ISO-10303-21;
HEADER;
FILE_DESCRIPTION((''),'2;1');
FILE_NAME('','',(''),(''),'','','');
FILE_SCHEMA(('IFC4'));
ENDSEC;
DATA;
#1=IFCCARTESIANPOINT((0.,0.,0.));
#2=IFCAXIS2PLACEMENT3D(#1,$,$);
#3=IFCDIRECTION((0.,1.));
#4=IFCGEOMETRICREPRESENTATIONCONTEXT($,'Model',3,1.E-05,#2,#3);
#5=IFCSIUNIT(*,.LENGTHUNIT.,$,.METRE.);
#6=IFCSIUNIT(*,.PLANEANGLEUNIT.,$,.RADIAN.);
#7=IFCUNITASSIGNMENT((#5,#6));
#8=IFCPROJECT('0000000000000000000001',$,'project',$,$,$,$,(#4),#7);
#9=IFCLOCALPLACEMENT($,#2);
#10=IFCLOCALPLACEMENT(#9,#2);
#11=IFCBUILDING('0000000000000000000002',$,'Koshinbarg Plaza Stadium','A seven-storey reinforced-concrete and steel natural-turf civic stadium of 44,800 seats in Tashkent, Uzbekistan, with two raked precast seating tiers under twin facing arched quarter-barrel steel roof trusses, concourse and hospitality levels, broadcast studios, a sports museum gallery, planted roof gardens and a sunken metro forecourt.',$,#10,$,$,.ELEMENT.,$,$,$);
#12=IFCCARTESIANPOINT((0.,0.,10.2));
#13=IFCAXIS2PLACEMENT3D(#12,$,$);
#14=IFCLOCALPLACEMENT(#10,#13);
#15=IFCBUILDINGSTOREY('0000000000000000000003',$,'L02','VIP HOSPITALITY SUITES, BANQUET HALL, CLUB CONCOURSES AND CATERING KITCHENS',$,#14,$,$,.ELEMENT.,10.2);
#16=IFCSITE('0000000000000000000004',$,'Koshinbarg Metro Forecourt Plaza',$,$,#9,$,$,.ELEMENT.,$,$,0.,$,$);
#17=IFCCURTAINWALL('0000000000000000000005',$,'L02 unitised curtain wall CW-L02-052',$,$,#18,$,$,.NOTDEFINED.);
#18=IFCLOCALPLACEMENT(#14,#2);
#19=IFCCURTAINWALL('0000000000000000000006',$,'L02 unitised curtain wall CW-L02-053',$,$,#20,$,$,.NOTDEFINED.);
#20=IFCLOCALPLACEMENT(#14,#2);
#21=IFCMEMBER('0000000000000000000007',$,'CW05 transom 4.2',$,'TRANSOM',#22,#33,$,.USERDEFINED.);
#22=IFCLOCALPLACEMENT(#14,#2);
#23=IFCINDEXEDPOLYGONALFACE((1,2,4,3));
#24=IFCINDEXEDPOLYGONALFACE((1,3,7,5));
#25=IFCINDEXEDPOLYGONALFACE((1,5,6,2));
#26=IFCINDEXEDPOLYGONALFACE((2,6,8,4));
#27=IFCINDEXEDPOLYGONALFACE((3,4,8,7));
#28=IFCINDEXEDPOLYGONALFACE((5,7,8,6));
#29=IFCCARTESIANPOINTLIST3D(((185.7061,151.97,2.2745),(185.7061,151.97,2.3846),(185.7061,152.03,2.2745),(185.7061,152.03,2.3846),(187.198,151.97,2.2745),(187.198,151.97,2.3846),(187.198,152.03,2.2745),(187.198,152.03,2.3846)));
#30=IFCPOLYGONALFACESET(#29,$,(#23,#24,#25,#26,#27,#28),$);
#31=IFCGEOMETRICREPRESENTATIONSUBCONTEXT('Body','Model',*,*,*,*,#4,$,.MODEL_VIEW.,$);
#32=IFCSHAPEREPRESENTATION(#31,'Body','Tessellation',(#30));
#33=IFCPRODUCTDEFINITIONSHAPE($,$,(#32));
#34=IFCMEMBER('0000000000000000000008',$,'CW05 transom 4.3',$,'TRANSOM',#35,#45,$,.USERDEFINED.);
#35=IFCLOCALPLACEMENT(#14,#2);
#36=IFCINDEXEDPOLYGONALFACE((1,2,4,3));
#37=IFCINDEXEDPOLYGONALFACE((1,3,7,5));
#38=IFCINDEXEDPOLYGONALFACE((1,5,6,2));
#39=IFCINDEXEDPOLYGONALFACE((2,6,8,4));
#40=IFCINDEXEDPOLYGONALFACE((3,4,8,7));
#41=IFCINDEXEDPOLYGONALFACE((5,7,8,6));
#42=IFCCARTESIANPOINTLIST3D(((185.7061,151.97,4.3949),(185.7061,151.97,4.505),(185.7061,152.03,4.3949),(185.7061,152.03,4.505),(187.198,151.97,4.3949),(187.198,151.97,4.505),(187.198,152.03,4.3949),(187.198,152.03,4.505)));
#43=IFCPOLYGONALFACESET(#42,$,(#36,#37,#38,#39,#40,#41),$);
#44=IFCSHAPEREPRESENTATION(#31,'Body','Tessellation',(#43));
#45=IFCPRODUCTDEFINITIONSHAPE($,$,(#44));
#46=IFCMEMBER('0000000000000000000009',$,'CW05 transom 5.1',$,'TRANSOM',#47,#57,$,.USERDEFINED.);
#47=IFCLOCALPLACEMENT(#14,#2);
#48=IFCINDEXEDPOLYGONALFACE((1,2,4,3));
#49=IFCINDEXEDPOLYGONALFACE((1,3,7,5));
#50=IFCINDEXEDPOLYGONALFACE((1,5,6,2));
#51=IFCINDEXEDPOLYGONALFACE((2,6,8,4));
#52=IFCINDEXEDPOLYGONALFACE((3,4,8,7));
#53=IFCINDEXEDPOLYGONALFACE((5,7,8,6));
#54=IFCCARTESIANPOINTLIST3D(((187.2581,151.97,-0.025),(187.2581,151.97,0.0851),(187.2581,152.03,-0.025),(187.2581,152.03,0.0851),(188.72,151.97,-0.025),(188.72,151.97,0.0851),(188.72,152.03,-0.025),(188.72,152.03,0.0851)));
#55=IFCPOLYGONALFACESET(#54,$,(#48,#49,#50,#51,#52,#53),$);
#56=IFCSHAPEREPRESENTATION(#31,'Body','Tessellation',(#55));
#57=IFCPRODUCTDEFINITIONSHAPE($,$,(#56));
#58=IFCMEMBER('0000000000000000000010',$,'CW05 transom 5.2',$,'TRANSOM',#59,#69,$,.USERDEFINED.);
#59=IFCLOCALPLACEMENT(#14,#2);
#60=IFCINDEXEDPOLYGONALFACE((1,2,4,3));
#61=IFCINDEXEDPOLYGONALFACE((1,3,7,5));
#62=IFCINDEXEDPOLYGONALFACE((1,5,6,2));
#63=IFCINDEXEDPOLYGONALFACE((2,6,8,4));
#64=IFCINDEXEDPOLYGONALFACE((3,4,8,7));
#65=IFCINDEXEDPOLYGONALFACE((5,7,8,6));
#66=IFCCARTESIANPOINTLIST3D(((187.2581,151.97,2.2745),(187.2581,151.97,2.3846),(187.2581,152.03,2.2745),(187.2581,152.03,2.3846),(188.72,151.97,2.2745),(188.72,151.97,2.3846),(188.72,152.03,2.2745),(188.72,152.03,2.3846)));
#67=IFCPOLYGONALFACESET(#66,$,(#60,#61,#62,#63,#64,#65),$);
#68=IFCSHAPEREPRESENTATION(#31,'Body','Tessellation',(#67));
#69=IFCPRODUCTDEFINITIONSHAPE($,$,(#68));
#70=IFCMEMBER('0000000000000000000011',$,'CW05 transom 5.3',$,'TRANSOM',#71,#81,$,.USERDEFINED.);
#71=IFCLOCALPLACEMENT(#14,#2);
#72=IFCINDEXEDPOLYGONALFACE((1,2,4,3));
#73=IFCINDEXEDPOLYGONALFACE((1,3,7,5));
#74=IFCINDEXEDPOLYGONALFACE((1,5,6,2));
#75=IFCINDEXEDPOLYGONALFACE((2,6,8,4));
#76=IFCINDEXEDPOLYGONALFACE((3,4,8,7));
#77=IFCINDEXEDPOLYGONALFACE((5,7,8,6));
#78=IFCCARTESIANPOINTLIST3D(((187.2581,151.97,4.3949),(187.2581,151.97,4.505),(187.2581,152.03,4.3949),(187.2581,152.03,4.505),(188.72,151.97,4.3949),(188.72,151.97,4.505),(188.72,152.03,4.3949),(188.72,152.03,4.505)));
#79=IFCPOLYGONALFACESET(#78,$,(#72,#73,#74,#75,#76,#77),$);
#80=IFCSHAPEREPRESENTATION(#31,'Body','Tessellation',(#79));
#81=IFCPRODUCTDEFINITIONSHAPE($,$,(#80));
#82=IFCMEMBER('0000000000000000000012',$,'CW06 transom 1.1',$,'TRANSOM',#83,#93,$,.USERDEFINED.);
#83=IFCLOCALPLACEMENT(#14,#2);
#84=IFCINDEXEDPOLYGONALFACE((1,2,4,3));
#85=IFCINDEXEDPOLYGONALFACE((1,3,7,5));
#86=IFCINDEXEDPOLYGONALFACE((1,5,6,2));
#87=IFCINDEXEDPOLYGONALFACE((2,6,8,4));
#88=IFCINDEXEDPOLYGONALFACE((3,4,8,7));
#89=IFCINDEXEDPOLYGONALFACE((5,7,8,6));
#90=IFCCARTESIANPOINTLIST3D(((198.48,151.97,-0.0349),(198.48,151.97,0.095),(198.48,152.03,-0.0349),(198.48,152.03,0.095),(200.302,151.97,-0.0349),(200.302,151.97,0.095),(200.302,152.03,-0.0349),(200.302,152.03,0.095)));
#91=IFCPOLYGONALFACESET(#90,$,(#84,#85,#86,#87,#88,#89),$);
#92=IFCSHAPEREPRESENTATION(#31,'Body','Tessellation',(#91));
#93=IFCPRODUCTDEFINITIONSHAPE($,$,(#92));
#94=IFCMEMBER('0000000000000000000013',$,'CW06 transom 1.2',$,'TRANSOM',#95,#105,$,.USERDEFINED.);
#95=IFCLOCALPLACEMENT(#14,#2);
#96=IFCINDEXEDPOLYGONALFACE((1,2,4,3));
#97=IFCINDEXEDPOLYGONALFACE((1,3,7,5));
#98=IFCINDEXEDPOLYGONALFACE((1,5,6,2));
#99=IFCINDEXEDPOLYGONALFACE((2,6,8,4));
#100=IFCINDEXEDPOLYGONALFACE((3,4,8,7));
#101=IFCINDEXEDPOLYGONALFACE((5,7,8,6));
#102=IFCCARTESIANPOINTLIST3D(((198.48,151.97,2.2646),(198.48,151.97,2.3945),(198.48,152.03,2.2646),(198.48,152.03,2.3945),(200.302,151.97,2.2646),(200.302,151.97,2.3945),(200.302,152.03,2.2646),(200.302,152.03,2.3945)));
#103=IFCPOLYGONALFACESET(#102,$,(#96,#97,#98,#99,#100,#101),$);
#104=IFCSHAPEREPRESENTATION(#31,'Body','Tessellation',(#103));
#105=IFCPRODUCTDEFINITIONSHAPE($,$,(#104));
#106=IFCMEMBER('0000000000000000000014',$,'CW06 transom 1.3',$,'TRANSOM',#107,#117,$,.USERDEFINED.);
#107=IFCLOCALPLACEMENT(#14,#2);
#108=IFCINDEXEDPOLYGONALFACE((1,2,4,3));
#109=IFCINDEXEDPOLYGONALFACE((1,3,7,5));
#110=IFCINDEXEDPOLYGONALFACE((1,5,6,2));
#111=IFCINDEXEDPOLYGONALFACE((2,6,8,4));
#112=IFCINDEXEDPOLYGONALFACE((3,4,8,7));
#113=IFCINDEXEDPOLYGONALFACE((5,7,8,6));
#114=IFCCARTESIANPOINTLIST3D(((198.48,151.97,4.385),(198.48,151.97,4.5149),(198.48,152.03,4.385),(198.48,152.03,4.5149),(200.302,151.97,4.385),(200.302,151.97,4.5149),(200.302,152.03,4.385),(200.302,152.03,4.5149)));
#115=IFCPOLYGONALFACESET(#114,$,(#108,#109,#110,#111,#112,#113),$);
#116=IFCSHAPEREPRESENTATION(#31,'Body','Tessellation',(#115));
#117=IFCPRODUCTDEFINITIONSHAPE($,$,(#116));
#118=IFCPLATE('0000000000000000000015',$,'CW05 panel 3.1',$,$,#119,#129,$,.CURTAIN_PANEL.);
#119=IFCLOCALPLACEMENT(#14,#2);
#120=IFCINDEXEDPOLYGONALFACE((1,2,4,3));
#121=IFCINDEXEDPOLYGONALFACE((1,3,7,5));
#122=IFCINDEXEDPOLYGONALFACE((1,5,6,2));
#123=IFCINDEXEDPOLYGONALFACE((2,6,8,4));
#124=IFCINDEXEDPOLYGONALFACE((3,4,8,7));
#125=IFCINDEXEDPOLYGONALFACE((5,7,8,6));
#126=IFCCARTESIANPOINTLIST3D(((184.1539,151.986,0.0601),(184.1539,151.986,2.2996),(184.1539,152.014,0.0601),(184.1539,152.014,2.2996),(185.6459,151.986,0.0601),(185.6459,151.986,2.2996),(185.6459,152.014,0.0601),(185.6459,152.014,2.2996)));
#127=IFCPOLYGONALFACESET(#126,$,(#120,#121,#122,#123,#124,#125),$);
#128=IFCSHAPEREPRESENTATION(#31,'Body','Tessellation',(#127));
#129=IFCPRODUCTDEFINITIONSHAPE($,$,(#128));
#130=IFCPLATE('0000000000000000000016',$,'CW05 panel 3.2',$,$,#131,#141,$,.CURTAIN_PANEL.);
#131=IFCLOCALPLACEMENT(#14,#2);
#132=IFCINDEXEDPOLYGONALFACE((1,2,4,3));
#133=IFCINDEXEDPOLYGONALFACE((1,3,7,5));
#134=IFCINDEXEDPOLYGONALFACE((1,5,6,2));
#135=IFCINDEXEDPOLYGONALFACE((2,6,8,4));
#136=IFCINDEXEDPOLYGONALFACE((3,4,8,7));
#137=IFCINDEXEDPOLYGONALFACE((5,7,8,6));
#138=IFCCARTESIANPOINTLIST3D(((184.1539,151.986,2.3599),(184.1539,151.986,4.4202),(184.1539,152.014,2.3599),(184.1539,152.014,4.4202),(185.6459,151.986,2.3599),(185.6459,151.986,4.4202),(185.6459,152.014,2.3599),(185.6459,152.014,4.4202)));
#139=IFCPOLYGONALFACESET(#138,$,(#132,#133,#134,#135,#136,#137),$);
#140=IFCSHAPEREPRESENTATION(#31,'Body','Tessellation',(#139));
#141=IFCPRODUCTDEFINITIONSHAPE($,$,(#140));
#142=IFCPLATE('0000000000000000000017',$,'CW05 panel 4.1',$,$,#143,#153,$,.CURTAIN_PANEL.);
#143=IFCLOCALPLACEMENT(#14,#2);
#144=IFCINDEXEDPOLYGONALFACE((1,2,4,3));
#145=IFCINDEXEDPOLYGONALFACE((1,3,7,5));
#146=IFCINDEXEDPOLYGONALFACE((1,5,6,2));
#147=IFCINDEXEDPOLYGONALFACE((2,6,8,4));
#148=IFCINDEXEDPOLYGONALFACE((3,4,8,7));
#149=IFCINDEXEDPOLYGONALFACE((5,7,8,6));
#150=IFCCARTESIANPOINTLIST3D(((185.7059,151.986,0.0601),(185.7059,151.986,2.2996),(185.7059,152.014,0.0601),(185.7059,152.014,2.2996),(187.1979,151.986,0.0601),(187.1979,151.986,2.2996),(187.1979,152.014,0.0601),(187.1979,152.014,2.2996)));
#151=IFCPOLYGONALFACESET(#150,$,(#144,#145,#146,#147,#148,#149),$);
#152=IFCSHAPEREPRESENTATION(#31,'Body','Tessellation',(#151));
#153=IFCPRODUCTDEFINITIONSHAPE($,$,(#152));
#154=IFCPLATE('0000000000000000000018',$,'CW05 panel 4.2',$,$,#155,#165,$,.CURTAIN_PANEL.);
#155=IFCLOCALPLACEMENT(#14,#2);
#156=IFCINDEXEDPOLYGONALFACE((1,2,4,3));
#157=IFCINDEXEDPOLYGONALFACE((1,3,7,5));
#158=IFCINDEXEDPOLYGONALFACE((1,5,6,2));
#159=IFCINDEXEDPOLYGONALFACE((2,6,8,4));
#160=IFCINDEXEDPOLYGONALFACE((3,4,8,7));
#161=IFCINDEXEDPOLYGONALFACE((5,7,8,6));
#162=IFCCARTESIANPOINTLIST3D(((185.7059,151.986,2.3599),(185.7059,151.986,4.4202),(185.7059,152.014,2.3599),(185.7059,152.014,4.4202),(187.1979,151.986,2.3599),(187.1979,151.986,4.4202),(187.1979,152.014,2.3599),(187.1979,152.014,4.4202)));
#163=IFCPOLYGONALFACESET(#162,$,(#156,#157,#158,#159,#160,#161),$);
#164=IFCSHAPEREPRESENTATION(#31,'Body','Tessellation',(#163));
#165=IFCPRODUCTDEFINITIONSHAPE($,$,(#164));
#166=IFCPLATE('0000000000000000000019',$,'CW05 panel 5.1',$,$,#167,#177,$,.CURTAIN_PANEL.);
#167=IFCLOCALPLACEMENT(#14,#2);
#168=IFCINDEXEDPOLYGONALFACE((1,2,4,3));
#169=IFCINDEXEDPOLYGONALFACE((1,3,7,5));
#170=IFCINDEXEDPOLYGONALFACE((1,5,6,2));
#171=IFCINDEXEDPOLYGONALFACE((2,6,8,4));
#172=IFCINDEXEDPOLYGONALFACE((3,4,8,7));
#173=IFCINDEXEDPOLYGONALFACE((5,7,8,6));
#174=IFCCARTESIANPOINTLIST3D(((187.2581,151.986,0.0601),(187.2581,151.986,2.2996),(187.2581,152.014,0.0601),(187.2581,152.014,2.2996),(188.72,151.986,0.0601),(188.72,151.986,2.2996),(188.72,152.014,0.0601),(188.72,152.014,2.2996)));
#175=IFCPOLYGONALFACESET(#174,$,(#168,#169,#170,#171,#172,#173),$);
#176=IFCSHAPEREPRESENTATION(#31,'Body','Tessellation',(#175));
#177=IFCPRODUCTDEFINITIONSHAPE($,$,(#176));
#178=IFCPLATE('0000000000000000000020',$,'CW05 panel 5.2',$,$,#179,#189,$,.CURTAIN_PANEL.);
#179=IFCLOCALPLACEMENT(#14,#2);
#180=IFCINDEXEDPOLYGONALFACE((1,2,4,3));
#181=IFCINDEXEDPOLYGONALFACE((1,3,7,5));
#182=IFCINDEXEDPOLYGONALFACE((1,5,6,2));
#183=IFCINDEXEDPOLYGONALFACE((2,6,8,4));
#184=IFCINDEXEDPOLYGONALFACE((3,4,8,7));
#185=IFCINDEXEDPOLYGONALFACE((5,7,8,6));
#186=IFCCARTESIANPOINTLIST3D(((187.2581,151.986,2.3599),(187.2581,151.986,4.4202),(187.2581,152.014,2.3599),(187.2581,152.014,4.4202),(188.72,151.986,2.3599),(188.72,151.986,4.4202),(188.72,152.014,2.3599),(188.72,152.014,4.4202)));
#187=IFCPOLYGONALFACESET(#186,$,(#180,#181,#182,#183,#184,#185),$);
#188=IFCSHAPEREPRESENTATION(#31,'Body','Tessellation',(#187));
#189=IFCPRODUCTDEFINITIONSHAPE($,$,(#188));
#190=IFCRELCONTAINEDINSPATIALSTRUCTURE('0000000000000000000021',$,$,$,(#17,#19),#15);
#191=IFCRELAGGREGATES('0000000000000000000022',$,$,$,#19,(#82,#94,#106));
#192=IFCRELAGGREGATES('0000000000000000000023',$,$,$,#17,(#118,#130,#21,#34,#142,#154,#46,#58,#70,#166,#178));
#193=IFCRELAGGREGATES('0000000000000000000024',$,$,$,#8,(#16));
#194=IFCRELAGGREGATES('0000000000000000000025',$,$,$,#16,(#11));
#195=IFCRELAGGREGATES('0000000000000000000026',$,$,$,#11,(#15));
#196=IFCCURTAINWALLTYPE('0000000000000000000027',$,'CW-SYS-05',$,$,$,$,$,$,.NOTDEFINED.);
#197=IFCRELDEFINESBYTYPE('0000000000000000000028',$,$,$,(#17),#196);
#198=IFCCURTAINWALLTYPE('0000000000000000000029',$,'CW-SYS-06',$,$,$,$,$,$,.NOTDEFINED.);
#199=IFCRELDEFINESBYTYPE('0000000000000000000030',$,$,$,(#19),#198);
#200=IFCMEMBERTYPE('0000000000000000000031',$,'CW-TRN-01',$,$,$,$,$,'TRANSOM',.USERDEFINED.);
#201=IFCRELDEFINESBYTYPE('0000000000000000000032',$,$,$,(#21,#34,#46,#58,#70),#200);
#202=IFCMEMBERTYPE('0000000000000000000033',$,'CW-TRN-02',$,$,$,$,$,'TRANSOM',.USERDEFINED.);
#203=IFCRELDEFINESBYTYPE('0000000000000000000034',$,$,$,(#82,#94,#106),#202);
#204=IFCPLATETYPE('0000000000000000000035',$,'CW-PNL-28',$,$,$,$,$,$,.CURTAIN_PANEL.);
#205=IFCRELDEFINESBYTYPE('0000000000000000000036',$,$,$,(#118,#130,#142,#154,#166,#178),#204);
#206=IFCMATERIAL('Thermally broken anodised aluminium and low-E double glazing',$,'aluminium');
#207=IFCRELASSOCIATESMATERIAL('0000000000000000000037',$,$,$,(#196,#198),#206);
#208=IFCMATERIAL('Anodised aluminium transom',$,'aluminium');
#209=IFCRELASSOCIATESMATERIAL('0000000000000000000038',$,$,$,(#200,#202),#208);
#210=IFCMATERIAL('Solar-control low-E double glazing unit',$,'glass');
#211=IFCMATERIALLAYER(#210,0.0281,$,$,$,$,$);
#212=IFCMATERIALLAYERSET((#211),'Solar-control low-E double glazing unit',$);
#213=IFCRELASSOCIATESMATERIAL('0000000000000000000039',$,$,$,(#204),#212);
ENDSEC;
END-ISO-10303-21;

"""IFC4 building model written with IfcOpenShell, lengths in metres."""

from ifc_helpers import new_model, si_unit, direction, frame, origin, origin_2d, place, context, subcontext, project, spatial, rectangle, extrude, material, layer, layer_set, material_profile, profile_set, type_object, element, aggregate, save


model = new_model("IFC4")

# Units and contexts
model_context = context("Model", 3, precision=1e-05, world=origin(), true_north=direction((0.0, 1.0)))
body_context = subcontext(model_context, "Body", "Model", "MODEL_VIEW")
ifc_project = project(units=[si_unit("LENGTHUNIT", "METRE"), si_unit("PLANEANGLEUNIT", "RADIAN")], contexts=[model_context])

# Site, building, storey
site_placement = place(None, origin())
site = spatial("IfcSite", under=ifc_project, at=site_placement, Name="Koshinbarg Metro Forecourt Plaza", CompositionType="ELEMENT", RefElevation=0.0)
building_placement = place(site_placement, origin())
building = spatial("IfcBuilding", under=site, at=building_placement, Name="Koshinbarg Plaza Stadium", Description="A seven-storey reinforced-concrete and steel natural-turf civic stadium of 44,800 seats in Tashkent, Uzbekistan, with two raked precast seating tiers under twin facing arched quarter-barrel steel roof trusses, concourse and hospitality levels, broadcast studios, a sports museum gallery, planted roof gardens and a sunken metro forecourt.", CompositionType="ELEMENT")
storey_placement = place(building_placement, frame((0.0, 0.0, 10.2)))
storey = spatial("IfcBuildingStorey", under=building, at=storey_placement, Name="L02", Description="VIP HOSPITALITY SUITES, BANQUET HALL, CLUB CONCOURSES AND CATERING KITCHENS", CompositionType="ELEMENT", Elevation=10.2)

# Curtain wall
ifc_material_1 = material(Name="Thermally broken anodised aluminium and low-E double glazing", Category="aluminium")
curtain_wall_type_1 = type_object("IfcCurtainWallType", Name="CW-SYS-05", PredefinedType="NOTDEFINED", material=ifc_material_1)
curtain_wall_1_placement = place(storey_placement, origin())
curtain_wall_1 = element("IfcCurtainWall", 1, at=curtain_wall_1_placement, inside=storey, type_object=curtain_wall_type_1, Name="L02 unitised curtain wall CW-L02-052", PredefinedType="NOTDEFINED")

# Curtain wall
curtain_wall_type_2 = type_object("IfcCurtainWallType", Name="CW-SYS-06", PredefinedType="NOTDEFINED", material=ifc_material_1)
curtain_wall_2_placement = place(storey_placement, origin())
curtain_wall_2 = element("IfcCurtainWall", 2, at=curtain_wall_2_placement, inside=storey, type_object=curtain_wall_type_2, Name="L02 unitised curtain wall CW-L02-053", PredefinedType="NOTDEFINED")

# Members
ifc_material_2 = material(Name="Anodised aluminium transom", Category="aluminium")
ifc_material_profile_1 = material_profile(ifc_material_2, rectangle(XDim=0.0601, YDim=0.1101, at=origin_2d()), Name="ALU 60x110")
ifc_profile_set_1 = profile_set([ifc_material_profile_1], Name="Anodised aluminium transom")
member_type_1 = type_object("IfcMemberType", Name="CW-TRN-01", ElementType="TRANSOM", PredefinedType="USERDEFINED", material=ifc_profile_set_1)
member_1_placement = place(storey_placement, frame((185.7061, 152.0, 2.3296), z_axis=(1.0, 0.0, 0.0), x_axis=(0.0, 1.0, 0.0)))
member_1 = element("IfcMember", 3, at=member_1_placement, type_object=member_type_1, Name="CW05 transom 4.2", ObjectType="TRANSOM", PredefinedType="USERDEFINED", context=body_context, shape_type="SweptSolid", body=[
    extrude(rectangle(XDim=0.0601, YDim=0.1101, at=origin_2d()), origin(), (0.0, 0.0, 1.0), 1.4919),
])
member_2_placement = place(storey_placement, frame((185.7061, 152.0, 4.45), z_axis=(1.0, 0.0, 0.0), x_axis=(0.0, 1.0, 0.0)))
member_2 = element("IfcMember", 4, at=member_2_placement, type_object=member_type_1, Name="CW05 transom 4.3", ObjectType="TRANSOM", PredefinedType="USERDEFINED", context=body_context, shape_type="SweptSolid", body=[
    extrude(rectangle(XDim=0.0601, YDim=0.1101, at=origin_2d()), origin(), (0.0, 0.0, 1.0), 1.4919),
])
member_3_placement = place(storey_placement, frame((187.2581, 152.0, 0.03), z_axis=(1.0, 0.0, 0.0), x_axis=(0.0, 1.0, 0.0)))
member_3 = element("IfcMember", 5, at=member_3_placement, type_object=member_type_1, Name="CW05 transom 5.1", ObjectType="TRANSOM", PredefinedType="USERDEFINED", context=body_context, shape_type="SweptSolid", body=[
    extrude(rectangle(XDim=0.0601, YDim=0.1101, at=origin_2d()), origin(), (0.0, 0.0, 1.0), 1.4619),
])
member_4_placement = place(storey_placement, frame((187.2581, 152.0, 2.3296), z_axis=(1.0, 0.0, 0.0), x_axis=(0.0, 1.0, 0.0)))
member_4 = element("IfcMember", 6, at=member_4_placement, type_object=member_type_1, Name="CW05 transom 5.2", ObjectType="TRANSOM", PredefinedType="USERDEFINED", context=body_context, shape_type="SweptSolid", body=[
    extrude(rectangle(XDim=0.0601, YDim=0.1101, at=origin_2d()), origin(), (0.0, 0.0, 1.0), 1.4619),
])
member_5_placement = place(storey_placement, frame((187.2581, 152.0, 4.45), z_axis=(1.0, 0.0, 0.0), x_axis=(0.0, 1.0, 0.0)))
member_5 = element("IfcMember", 7, at=member_5_placement, type_object=member_type_1, Name="CW05 transom 5.3", ObjectType="TRANSOM", PredefinedType="USERDEFINED", context=body_context, shape_type="SweptSolid", body=[
    extrude(rectangle(XDim=0.0601, YDim=0.1101, at=origin_2d()), origin(), (0.0, 0.0, 1.0), 1.4619),
])
ifc_material_profile_2 = material_profile(ifc_material_2, rectangle(XDim=0.0601, YDim=0.1299, at=origin_2d()), Name="ALU 60x130")
ifc_profile_set_2 = profile_set([ifc_material_profile_2], Name="Anodised aluminium transom")
member_type_2 = type_object("IfcMemberType", Name="CW-TRN-02", ElementType="TRANSOM", PredefinedType="USERDEFINED", material=ifc_profile_set_2)
member_6_placement = place(storey_placement, frame((198.48, 152.0, 0.03), z_axis=(1.0, 0.0, 0.0), x_axis=(0.0, 1.0, 0.0)))
member_6 = element("IfcMember", 8, at=member_6_placement, type_object=member_type_2, Name="CW06 transom 1.1", ObjectType="TRANSOM", PredefinedType="USERDEFINED", context=body_context, shape_type="SweptSolid", body=[
    extrude(rectangle(XDim=0.0601, YDim=0.1299, at=origin_2d()), origin(), (0.0, 0.0, 1.0), 1.822),
])
member_7_placement = place(storey_placement, frame((198.48, 152.0, 2.3296), z_axis=(1.0, 0.0, 0.0), x_axis=(0.0, 1.0, 0.0)))
member_7 = element("IfcMember", 9, at=member_7_placement, type_object=member_type_2, Name="CW06 transom 1.2", ObjectType="TRANSOM", PredefinedType="USERDEFINED", context=body_context, shape_type="SweptSolid", body=[
    extrude(rectangle(XDim=0.0601, YDim=0.1299, at=origin_2d()), origin(), (0.0, 0.0, 1.0), 1.822),
])
member_8_placement = place(storey_placement, frame((198.48, 152.0, 4.45), z_axis=(1.0, 0.0, 0.0), x_axis=(0.0, 1.0, 0.0)))
member_8 = element("IfcMember", 10, at=member_8_placement, type_object=member_type_2, Name="CW06 transom 1.3", ObjectType="TRANSOM", PredefinedType="USERDEFINED", context=body_context, shape_type="SweptSolid", body=[
    extrude(rectangle(XDim=0.0601, YDim=0.1299, at=origin_2d()), origin(), (0.0, 0.0, 1.0), 1.822),
])
aggregate(curtain_wall_2, [member_6, member_7, member_8])

# Plates
ifc_material_3 = material(Name="Solar-control low-E double glazing unit", Category="glass")
ifc_layer_1 = layer(ifc_material_3, 0.0281)
ifc_layer_set_1 = layer_set([ifc_layer_1], Name="Solar-control low-E double glazing unit")
plate_type = type_object("IfcPlateType", Name="CW-PNL-28", PredefinedType="CURTAIN_PANEL", material=ifc_layer_set_1)
plate_1_placement = place(storey_placement, frame((184.8999, 152.0, 0.0601), z_axis=(0.0, 0.0, 1.0), x_axis=(1.0, 0.0, 0.0)))
plate_1 = element("IfcPlate", 11, at=plate_1_placement, type_object=plate_type, Name="CW05 panel 3.1", PredefinedType="CURTAIN_PANEL", context=body_context, shape_type="SweptSolid", body=[
    extrude(rectangle(XDim=1.4919, YDim=0.0281, at=origin_2d()), origin(), (0.0, 0.0, 1.0), 2.2395),
])
plate_2_placement = place(storey_placement, frame((184.8999, 152.0, 2.3599), z_axis=(0.0, 0.0, 1.0), x_axis=(1.0, 0.0, 0.0)))
plate_2 = element("IfcPlate", 12, at=plate_2_placement, type_object=plate_type, Name="CW05 panel 3.2", PredefinedType="CURTAIN_PANEL", context=body_context, shape_type="SweptSolid", body=[
    extrude(rectangle(XDim=1.4919, YDim=0.0281, at=origin_2d()), origin(), (0.0, 0.0, 1.0), 2.0603),
])
plate_3_placement = place(storey_placement, frame((186.4519, 152.0, 0.0601), z_axis=(0.0, 0.0, 1.0), x_axis=(1.0, 0.0, 0.0)))
plate_3 = element("IfcPlate", 13, at=plate_3_placement, type_object=plate_type, Name="CW05 panel 4.1", PredefinedType="CURTAIN_PANEL", context=body_context, shape_type="SweptSolid", body=[
    extrude(rectangle(XDim=1.4919, YDim=0.0281, at=origin_2d()), origin(), (0.0, 0.0, 1.0), 2.2395),
])
plate_4_placement = place(storey_placement, frame((186.4519, 152.0, 2.3599), z_axis=(0.0, 0.0, 1.0), x_axis=(1.0, 0.0, 0.0)))
plate_4 = element("IfcPlate", 14, at=plate_4_placement, type_object=plate_type, Name="CW05 panel 4.2", PredefinedType="CURTAIN_PANEL", context=body_context, shape_type="SweptSolid", body=[
    extrude(rectangle(XDim=1.4919, YDim=0.0281, at=origin_2d()), origin(), (0.0, 0.0, 1.0), 2.0603),
])
plate_5_placement = place(storey_placement, frame((187.989, 152.0, 0.0601), z_axis=(0.0, 0.0, 1.0), x_axis=(1.0, 0.0, 0.0)))
plate_5 = element("IfcPlate", 15, at=plate_5_placement, type_object=plate_type, Name="CW05 panel 5.1", PredefinedType="CURTAIN_PANEL", context=body_context, shape_type="SweptSolid", body=[
    extrude(rectangle(XDim=1.4619, YDim=0.0281, at=origin_2d()), origin(), (0.0, 0.0, 1.0), 2.2395),
])
plate_6_placement = place(storey_placement, frame((187.989, 152.0, 2.3599), z_axis=(0.0, 0.0, 1.0), x_axis=(1.0, 0.0, 0.0)))
plate_6 = element("IfcPlate", 16, at=plate_6_placement, type_object=plate_type, Name="CW05 panel 5.2", PredefinedType="CURTAIN_PANEL", context=body_context, shape_type="SweptSolid", body=[
    extrude(rectangle(XDim=1.4619, YDim=0.0281, at=origin_2d()), origin(), (0.0, 0.0, 1.0), 2.0603),
])
aggregate(curtain_wall_1, [plate_1, plate_2, member_1, member_2, plate_3, plate_4, member_3, member_4, member_5, plate_5, plate_6])

save(model, "model.ifc")
